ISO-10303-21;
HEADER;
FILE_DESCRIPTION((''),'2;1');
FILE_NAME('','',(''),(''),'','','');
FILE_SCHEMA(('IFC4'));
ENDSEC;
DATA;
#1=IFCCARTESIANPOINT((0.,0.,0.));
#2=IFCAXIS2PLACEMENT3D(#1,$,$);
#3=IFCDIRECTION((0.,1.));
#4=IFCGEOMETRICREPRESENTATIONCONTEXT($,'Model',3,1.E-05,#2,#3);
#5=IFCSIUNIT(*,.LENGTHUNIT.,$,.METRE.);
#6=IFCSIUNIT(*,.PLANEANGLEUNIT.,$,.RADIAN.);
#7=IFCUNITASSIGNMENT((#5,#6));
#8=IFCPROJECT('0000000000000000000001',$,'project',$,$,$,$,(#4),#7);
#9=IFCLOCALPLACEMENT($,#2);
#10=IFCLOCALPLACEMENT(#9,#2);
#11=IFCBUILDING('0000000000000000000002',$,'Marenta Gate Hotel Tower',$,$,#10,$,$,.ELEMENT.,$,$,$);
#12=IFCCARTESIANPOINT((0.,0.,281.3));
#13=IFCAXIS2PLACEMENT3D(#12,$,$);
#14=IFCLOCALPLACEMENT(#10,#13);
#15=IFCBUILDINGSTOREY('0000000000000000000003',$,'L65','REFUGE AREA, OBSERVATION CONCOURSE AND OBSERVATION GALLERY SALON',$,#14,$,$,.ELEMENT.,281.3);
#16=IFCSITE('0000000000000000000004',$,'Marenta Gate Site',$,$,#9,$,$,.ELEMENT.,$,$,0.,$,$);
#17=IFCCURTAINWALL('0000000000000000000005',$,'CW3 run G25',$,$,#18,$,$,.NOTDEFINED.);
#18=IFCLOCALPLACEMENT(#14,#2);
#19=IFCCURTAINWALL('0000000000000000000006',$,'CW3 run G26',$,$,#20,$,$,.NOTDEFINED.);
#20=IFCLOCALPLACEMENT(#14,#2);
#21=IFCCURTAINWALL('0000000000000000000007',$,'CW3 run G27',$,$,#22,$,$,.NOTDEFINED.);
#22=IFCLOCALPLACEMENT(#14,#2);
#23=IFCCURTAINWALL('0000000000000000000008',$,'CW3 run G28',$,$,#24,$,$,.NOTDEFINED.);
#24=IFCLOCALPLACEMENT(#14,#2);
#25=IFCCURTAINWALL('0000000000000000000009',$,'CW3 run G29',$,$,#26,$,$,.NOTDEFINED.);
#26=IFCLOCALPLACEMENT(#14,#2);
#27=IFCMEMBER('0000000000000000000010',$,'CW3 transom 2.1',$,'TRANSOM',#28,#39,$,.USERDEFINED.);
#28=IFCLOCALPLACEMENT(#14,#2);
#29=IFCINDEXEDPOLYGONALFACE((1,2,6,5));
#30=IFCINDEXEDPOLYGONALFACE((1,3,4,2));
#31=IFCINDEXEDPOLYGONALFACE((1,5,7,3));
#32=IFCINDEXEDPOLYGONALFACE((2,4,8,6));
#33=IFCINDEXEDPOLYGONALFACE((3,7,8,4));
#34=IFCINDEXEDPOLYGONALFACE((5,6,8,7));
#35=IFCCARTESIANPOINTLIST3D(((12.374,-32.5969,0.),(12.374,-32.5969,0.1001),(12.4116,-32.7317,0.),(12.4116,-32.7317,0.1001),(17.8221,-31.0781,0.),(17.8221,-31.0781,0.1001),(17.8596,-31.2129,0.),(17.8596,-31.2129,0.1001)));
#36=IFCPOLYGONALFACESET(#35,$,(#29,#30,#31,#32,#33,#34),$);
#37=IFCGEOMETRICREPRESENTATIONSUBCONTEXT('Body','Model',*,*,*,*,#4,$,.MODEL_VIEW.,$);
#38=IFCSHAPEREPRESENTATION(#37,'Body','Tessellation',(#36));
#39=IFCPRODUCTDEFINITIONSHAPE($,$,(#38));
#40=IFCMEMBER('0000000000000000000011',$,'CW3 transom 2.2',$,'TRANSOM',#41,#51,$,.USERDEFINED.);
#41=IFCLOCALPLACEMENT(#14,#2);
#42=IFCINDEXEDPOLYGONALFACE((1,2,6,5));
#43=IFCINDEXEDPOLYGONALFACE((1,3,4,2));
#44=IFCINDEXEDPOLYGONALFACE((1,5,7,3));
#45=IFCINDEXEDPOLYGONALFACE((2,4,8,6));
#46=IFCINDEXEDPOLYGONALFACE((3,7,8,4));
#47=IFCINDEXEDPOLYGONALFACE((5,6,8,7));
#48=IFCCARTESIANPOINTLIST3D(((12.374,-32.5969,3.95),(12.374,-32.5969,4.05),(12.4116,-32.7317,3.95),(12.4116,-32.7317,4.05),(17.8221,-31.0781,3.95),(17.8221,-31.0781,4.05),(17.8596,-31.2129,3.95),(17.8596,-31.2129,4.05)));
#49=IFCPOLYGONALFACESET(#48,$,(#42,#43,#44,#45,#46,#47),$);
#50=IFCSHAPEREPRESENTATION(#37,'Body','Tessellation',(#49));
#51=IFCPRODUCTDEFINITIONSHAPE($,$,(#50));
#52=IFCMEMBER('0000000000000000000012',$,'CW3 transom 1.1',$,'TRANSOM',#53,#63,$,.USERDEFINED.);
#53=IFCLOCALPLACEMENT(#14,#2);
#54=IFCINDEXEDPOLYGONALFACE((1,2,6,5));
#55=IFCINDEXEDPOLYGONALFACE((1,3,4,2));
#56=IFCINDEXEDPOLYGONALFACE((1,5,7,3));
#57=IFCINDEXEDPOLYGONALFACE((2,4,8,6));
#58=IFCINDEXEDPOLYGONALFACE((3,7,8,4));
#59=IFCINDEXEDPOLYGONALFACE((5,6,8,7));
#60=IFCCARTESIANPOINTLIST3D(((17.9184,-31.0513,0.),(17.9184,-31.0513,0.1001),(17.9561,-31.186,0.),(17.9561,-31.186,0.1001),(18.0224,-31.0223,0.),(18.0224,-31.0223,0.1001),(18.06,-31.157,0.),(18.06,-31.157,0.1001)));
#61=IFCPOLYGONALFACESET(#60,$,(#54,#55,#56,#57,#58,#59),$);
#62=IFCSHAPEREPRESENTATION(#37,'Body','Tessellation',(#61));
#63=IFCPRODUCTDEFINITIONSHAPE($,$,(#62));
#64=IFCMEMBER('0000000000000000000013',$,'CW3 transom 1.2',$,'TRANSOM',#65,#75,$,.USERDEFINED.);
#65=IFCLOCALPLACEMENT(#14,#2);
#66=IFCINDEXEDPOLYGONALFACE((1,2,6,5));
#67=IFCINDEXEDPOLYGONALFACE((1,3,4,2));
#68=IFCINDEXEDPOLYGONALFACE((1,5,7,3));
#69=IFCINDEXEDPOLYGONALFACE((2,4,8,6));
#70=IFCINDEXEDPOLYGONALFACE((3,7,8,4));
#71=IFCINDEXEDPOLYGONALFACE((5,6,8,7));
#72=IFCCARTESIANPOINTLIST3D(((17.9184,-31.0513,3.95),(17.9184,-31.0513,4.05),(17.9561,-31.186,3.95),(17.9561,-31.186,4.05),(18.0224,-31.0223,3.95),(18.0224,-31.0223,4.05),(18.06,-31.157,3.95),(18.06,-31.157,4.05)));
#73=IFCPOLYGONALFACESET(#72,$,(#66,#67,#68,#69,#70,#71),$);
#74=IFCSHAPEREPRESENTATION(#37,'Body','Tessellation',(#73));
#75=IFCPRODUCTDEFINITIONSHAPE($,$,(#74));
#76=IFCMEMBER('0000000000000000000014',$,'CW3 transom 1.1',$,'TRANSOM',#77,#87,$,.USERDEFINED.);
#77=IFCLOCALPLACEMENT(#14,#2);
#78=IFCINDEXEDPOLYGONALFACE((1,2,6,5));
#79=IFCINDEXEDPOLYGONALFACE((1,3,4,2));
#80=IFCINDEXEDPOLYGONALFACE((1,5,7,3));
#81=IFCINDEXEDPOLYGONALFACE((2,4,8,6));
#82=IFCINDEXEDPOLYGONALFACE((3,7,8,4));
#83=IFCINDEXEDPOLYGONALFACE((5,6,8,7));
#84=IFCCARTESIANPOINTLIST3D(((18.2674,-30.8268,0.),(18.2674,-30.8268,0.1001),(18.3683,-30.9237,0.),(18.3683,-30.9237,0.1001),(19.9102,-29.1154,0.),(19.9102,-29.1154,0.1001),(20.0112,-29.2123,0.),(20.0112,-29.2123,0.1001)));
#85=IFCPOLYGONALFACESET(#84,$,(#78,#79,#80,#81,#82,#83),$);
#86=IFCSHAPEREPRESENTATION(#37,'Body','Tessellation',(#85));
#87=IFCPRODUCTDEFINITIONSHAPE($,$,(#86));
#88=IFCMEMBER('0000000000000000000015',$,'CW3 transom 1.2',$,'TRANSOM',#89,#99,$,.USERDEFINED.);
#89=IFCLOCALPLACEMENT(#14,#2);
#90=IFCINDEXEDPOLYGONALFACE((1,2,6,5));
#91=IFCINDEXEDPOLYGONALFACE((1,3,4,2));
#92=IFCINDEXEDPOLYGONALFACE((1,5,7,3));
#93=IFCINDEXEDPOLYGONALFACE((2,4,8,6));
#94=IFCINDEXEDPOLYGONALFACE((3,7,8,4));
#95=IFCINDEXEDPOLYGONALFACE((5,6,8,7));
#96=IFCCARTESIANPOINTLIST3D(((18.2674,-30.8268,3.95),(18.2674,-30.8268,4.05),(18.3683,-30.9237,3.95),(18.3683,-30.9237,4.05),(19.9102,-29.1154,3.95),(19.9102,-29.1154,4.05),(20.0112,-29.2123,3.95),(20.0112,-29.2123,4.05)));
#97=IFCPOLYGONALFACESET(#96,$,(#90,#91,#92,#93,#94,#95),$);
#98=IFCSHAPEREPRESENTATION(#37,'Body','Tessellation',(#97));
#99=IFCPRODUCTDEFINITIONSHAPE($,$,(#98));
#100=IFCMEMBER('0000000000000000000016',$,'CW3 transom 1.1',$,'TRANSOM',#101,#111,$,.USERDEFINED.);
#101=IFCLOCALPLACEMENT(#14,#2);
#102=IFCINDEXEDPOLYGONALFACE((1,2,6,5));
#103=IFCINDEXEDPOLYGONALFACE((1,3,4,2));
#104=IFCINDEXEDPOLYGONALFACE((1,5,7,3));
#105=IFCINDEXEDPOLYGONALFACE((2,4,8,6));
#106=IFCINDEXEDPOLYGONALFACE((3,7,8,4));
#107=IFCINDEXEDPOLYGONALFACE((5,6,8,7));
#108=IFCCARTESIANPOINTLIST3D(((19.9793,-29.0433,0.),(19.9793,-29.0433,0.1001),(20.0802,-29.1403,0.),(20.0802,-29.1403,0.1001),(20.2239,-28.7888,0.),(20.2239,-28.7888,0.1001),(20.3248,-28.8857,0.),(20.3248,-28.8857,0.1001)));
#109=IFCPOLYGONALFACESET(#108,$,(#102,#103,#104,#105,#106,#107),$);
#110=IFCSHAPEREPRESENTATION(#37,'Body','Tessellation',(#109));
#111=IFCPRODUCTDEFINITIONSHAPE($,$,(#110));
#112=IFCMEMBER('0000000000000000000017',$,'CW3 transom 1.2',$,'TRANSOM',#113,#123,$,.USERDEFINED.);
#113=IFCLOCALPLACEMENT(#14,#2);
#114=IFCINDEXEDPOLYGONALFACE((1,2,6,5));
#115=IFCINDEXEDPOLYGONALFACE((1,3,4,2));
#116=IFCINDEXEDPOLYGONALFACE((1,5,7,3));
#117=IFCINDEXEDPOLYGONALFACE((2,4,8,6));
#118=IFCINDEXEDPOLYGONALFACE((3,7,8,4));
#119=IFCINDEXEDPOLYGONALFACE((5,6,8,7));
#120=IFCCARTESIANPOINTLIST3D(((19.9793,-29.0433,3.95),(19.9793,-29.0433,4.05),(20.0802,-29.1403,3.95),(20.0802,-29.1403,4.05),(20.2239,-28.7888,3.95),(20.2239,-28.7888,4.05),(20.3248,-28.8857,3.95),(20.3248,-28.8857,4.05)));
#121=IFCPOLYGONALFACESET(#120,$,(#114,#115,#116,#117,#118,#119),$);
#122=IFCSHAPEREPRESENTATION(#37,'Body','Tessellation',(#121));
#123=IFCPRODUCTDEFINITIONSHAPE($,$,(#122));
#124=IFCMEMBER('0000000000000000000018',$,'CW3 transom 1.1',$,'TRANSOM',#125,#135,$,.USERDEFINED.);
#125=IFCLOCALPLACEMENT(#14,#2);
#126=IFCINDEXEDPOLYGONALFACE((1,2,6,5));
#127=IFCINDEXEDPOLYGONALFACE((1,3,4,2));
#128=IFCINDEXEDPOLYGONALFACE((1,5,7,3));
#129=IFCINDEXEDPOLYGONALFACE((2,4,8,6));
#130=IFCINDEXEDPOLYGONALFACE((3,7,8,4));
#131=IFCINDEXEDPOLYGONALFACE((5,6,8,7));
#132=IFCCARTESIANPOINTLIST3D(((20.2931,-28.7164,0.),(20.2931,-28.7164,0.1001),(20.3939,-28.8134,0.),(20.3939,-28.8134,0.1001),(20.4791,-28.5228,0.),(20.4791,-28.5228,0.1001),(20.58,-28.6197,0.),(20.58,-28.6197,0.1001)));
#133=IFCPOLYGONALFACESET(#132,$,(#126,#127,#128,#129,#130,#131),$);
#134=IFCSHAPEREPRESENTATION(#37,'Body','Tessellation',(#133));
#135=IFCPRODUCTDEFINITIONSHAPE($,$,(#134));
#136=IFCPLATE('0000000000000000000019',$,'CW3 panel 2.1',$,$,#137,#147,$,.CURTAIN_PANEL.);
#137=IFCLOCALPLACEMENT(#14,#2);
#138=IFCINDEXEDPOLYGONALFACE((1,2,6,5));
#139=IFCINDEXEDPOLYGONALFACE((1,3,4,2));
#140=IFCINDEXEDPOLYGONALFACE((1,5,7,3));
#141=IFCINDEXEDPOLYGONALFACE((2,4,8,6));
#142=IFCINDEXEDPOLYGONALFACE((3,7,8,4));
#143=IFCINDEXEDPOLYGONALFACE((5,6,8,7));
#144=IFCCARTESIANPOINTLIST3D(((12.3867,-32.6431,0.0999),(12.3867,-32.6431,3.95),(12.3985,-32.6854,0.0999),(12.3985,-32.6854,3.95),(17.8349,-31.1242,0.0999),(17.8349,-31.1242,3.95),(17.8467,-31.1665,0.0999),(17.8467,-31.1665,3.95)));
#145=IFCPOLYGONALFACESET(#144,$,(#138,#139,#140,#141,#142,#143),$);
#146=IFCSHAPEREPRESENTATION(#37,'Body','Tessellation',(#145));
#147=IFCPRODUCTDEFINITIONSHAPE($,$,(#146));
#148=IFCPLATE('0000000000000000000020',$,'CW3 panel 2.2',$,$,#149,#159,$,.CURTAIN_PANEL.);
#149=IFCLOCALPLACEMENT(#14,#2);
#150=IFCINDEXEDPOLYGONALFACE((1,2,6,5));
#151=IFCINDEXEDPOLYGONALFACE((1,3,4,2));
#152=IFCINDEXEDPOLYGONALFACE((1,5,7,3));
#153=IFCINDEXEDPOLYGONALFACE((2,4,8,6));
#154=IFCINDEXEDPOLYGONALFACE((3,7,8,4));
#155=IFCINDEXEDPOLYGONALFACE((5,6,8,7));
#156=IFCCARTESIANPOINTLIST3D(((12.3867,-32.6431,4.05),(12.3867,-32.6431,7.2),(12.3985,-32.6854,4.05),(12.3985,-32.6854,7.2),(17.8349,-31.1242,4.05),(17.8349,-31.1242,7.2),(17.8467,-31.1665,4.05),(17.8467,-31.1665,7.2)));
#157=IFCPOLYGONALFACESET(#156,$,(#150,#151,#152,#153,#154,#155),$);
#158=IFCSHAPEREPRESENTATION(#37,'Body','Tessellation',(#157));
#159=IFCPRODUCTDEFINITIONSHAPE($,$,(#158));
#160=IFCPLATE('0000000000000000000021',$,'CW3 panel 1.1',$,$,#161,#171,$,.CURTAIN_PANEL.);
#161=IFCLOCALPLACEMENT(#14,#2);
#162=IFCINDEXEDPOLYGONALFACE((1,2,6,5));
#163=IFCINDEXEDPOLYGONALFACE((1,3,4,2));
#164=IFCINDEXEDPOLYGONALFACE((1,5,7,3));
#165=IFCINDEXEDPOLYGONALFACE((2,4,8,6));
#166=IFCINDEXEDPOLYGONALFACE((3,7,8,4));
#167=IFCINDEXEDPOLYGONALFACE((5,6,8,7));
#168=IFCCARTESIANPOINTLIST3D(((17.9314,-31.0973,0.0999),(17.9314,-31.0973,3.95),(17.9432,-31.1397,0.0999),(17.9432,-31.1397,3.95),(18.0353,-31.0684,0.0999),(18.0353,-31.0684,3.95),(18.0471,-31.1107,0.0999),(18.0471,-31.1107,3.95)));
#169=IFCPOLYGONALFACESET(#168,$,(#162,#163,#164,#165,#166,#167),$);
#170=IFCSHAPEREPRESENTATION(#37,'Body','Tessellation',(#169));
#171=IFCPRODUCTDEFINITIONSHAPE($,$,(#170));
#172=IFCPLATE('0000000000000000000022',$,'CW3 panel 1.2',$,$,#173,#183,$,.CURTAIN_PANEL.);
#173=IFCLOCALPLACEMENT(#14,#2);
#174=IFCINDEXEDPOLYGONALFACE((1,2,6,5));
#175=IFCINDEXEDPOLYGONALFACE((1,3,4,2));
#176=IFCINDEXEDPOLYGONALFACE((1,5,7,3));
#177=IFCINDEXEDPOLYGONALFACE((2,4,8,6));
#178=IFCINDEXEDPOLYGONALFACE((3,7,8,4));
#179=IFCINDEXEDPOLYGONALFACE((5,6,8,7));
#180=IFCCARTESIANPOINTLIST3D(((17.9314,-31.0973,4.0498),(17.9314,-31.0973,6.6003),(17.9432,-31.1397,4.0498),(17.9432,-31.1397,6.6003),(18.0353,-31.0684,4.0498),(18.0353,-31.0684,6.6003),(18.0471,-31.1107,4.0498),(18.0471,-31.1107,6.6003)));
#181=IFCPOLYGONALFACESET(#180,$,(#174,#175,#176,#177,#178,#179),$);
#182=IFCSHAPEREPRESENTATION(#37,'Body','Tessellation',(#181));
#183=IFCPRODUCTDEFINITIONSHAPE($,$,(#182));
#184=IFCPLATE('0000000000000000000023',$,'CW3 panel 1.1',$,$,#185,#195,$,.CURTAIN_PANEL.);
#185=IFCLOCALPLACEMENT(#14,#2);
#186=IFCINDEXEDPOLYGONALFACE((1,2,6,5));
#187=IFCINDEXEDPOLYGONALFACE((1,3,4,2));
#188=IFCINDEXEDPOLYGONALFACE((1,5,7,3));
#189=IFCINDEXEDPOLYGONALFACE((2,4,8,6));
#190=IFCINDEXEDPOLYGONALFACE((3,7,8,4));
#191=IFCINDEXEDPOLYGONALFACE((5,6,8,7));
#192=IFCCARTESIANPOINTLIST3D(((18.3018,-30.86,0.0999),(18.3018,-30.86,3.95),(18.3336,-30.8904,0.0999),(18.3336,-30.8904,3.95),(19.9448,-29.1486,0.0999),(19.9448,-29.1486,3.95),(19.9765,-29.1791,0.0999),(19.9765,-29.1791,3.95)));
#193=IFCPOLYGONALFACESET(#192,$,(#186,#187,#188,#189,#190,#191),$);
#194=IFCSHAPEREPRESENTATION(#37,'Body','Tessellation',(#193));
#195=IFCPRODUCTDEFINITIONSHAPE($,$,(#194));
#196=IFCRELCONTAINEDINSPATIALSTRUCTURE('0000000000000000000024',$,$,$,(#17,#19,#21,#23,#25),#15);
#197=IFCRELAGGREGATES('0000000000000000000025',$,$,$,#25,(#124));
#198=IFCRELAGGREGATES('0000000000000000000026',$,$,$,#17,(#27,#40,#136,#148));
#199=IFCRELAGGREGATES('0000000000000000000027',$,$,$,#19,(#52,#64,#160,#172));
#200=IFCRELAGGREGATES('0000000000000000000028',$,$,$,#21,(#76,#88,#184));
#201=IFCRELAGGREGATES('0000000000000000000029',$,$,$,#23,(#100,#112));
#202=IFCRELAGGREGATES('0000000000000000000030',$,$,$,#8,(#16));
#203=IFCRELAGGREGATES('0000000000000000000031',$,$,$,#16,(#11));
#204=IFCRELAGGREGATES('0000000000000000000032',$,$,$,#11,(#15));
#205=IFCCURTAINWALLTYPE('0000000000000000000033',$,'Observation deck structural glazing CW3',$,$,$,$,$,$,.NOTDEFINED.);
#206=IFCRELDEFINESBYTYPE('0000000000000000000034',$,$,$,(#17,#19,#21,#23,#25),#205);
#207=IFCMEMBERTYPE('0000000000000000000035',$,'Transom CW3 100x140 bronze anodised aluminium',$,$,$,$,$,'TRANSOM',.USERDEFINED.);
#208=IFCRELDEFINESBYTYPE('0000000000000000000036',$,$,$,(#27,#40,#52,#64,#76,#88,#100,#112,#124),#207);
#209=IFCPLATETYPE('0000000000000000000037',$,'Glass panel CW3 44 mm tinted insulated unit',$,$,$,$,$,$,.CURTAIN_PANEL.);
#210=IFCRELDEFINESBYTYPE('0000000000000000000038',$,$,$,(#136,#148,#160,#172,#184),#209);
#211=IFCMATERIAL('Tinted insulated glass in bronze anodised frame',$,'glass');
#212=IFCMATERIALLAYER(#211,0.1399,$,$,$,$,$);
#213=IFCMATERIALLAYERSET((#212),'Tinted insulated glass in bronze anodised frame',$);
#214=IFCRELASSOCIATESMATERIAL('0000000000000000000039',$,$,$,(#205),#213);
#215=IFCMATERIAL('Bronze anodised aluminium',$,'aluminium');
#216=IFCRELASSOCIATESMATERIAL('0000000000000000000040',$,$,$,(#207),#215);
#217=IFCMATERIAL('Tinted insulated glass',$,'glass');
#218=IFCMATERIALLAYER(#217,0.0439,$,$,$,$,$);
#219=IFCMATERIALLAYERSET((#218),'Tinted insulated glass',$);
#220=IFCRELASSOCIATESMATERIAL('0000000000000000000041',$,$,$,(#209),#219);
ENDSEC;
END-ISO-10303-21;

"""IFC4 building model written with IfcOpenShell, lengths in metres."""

from ifc_helpers import new_model, si_unit, direction, frame, origin, origin_2d, place, context, subcontext, project, spatial, rectangle, extrude, material, layer, layer_set, material_profile, profile_set, type_object, element, aggregate, save


model = new_model("IFC4")

# Units and contexts
model_context = context("Model", 3, precision=1e-05, world=origin(), true_north=direction((0.0, 1.0)))
body_context = subcontext(model_context, "Body", "Model", "MODEL_VIEW")
ifc_project = project(units=[si_unit("LENGTHUNIT", "METRE"), si_unit("PLANEANGLEUNIT", "RADIAN")], contexts=[model_context])

# Site, building, storey
site_placement = place(None, origin())
site = spatial("IfcSite", under=ifc_project, at=site_placement, Name="Marenta Gate Site", CompositionType="ELEMENT", RefElevation=0.0)
building_placement = place(site_placement, origin())
building = spatial("IfcBuilding", under=site, at=building_placement, Name="Marenta Gate Hotel Tower", CompositionType="ELEMENT")
storey_placement = place(building_placement, frame((0.0, 0.0, 281.3)))
storey = spatial("IfcBuildingStorey", under=building, at=storey_placement, Name="L65", Description="REFUGE AREA, OBSERVATION CONCOURSE AND OBSERVATION GALLERY SALON", CompositionType="ELEMENT", Elevation=281.3)

# Curtain wall
ifc_material_1 = material(Name="Tinted insulated glass in bronze anodised frame", Category="glass")
ifc_layer_1 = layer(ifc_material_1, 0.1399)
ifc_layer_set_1 = layer_set([ifc_layer_1], Name="Tinted insulated glass in bronze anodised frame")
curtain_wall_type = type_object("IfcCurtainWallType", Name="Observation deck structural glazing CW3", PredefinedType="NOTDEFINED", material=ifc_layer_set_1)
curtain_wall_1_placement = place(storey_placement, origin())
curtain_wall_1 = element("IfcCurtainWall", 1, at=curtain_wall_1_placement, inside=storey, type_object=curtain_wall_type, Name="CW3 run G25", PredefinedType="NOTDEFINED")

# Curtain wall
curtain_wall_2_placement = place(storey_placement, origin())
curtain_wall_2 = element("IfcCurtainWall", 2, at=curtain_wall_2_placement, inside=storey, type_object=curtain_wall_type, Name="CW3 run G26", PredefinedType="NOTDEFINED")

# Curtain walls
curtain_wall_3_placement = place(storey_placement, origin())
curtain_wall_3 = element("IfcCurtainWall", 3, at=curtain_wall_3_placement, inside=storey, type_object=curtain_wall_type, Name="CW3 run G27", PredefinedType="NOTDEFINED")
curtain_wall_4_placement = place(storey_placement, origin())
curtain_wall_4 = element("IfcCurtainWall", 4, at=curtain_wall_4_placement, inside=storey, type_object=curtain_wall_type, Name="CW3 run G28", PredefinedType="NOTDEFINED")
curtain_wall_5_placement = place(storey_placement, origin())
curtain_wall_5 = element("IfcCurtainWall", 5, at=curtain_wall_5_placement, inside=storey, type_object=curtain_wall_type, Name="CW3 run G29", PredefinedType="NOTDEFINED")

# Members
ifc_material_2 = material(Name="Bronze anodised aluminium", Category="aluminium")
ifc_material_profile_1 = material_profile(ifc_material_2, rectangle(XDim=0.1399, YDim=0.1001, at=origin_2d()), Name="Transom CW3 100x140 bronze anodised aluminium")
ifc_profile_set_1 = profile_set([ifc_material_profile_1], Name="Bronze anodised aluminium")
member_type_1 = type_object("IfcMemberType", Name="Transom CW3 100x140 bronze anodised aluminium", ElementType="TRANSOM", PredefinedType="USERDEFINED", material=ifc_profile_set_1)
member_1_placement = place(storey_placement, frame((12.3928, -32.6643, 0.05), z_axis=(0.963268, 0.268541, 0.0), x_axis=(-0.268541, 0.963268, 0.0)))
member_1 = element("IfcMember", 6, at=member_1_placement, type_object=member_type_1, Name="CW3 transom 2.1", ObjectType="TRANSOM", PredefinedType="USERDEFINED", context=body_context, shape_type="SweptSolid", body=[
    extrude(rectangle(XDim=0.1399, YDim=0.1001, at=origin_2d()), origin(), (0.0, 0.0, 1.0), 5.6558),
])
member_2_placement = place(storey_placement, frame((12.3928, -32.6643, 4.0), z_axis=(0.963268, 0.268541, 0.0), x_axis=(-0.268541, 0.963268, 0.0)))
member_2 = element("IfcMember", 7, at=member_2_placement, type_object=member_type_1, Name="CW3 transom 2.2", ObjectType="TRANSOM", PredefinedType="USERDEFINED", context=body_context, shape_type="SweptSolid", body=[
    extrude(rectangle(XDim=0.1399, YDim=0.1001, at=origin_2d()), origin(), (0.0, 0.0, 1.0), 5.6558),
])
member_3_placement = place(storey_placement, frame((17.9373, -31.1187, 0.05), z_axis=(0.963128, 0.269043, 0.0), x_axis=(-0.269043, 0.963128, 0.0)))
member_3 = element("IfcMember", 8, at=member_3_placement, type_object=member_type_1, Name="CW3 transom 1.1", ObjectType="TRANSOM", PredefinedType="USERDEFINED", context=body_context, shape_type="SweptSolid", body=[
    extrude(rectangle(XDim=0.1399, YDim=0.1001, at=origin_2d()), origin(), (0.0, 0.0, 1.0), 0.1079),
])
member_4_placement = place(storey_placement, frame((17.9373, -31.1187, 4.0), z_axis=(0.963128, 0.269043, 0.0), x_axis=(-0.269043, 0.963128, 0.0)))
member_4 = element("IfcMember", 9, at=member_4_placement, type_object=member_type_1, Name="CW3 transom 1.2", ObjectType="TRANSOM", PredefinedType="USERDEFINED", context=body_context, shape_type="SweptSolid", body=[
    extrude(rectangle(XDim=0.1399, YDim=0.1001, at=origin_2d()), origin(), (0.0, 0.0, 1.0), 0.1079),
])
member_5_placement = place(storey_placement, frame((18.3179, -30.8752, 0.05), z_axis=(0.6925, 0.721418, 0.0), x_axis=(-0.721418, 0.6925, 0.0)))
member_5 = element("IfcMember", 10, at=member_5_placement, type_object=member_type_1, Name="CW3 transom 1.1", ObjectType="TRANSOM", PredefinedType="USERDEFINED", context=body_context, shape_type="SweptSolid", body=[
    extrude(rectangle(XDim=0.1399, YDim=0.1001, at=origin_2d()), origin(), (0.0, 0.0, 1.0), 2.3723),
])
member_6_placement = place(storey_placement, frame((18.3179, -30.8752, 4.0), z_axis=(0.6925, 0.721418, 0.0), x_axis=(-0.721418, 0.6925, 0.0)))
member_6 = element("IfcMember", 11, at=member_6_placement, type_object=member_type_1, Name="CW3 transom 1.2", ObjectType="TRANSOM", PredefinedType="USERDEFINED", context=body_context, shape_type="SweptSolid", body=[
    extrude(rectangle(XDim=0.1399, YDim=0.1001, at=origin_2d()), origin(), (0.0, 0.0, 1.0), 2.3723),
])
member_7_placement = place(storey_placement, frame((20.0298, -29.0918, 0.05), z_axis=(0.692791, 0.721139, 0.0), x_axis=(-0.721139, 0.692791, 0.0)))
member_7 = element("IfcMember", 12, at=member_7_placement, type_object=member_type_1, Name="CW3 transom 1.1", ObjectType="TRANSOM", PredefinedType="USERDEFINED", context=body_context, shape_type="SweptSolid", body=[
    extrude(rectangle(XDim=0.1399, YDim=0.1001, at=origin_2d()), origin(), (0.0, 0.0, 1.0), 0.353),
])
member_8_placement = place(storey_placement, frame((20.0298, -29.0918, 4.0), z_axis=(0.692791, 0.721139, 0.0), x_axis=(-0.721139, 0.692791, 0.0)))
member_8 = element("IfcMember", 13, at=member_8_placement, type_object=member_type_1, Name="CW3 transom 1.2", ObjectType="TRANSOM", PredefinedType="USERDEFINED", context=body_context, shape_type="SweptSolid", body=[
    extrude(rectangle(XDim=0.1399, YDim=0.1001, at=origin_2d()), origin(), (0.0, 0.0, 1.0), 0.353),
])
member_9_placement = place(storey_placement, frame((20.3435, -28.7649, 0.05), z_axis=(0.692872, 0.72106, 0.0), x_axis=(-0.72106, 0.692872, 0.0)))
member_9 = element("IfcMember", 14, at=member_9_placement, type_object=member_type_1, Name="CW3 transom 1.1", ObjectType="TRANSOM", PredefinedType="USERDEFINED", context=body_context, shape_type="SweptSolid", body=[
    extrude(rectangle(XDim=0.1399, YDim=0.1001, at=origin_2d()), origin(), (0.0, 0.0, 1.0), 0.2686),
])
aggregate(curtain_wall_5, [member_9])

# Plates
ifc_material_3 = material(Name="Tinted insulated glass", Category="glass")
ifc_layer_2 = layer(ifc_material_3, 0.0439)
ifc_layer_set_2 = layer_set([ifc_layer_2], Name="Tinted insulated glass")
plate_type = type_object("IfcPlateType", Name="Glass panel CW3 44 mm tinted insulated unit", PredefinedType="CURTAIN_PANEL", material=ifc_layer_set_2)
plate_1_placement = place(storey_placement, frame((15.1167, -31.9048, 0.0999), z_axis=(0.0, 0.0, 1.0), x_axis=(0.963265, 0.268553, 0.0)))
plate_1 = element("IfcPlate", 15, at=plate_1_placement, type_object=plate_type, Name="CW3 panel 2.1", PredefinedType="CURTAIN_PANEL", context=body_context, shape_type="SweptSolid", body=[
    extrude(rectangle(XDim=5.656, YDim=0.0439, at=origin_2d()), origin(), (0.0, 0.0, 1.0), 3.8501),
])
plate_2_placement = place(storey_placement, frame((15.1167, -31.9048, 4.05), z_axis=(0.0, 0.0, 1.0), x_axis=(0.963265, 0.268553, 0.0)))
plate_2 = element("IfcPlate", 16, at=plate_2_placement, type_object=plate_type, Name="CW3 panel 2.2", PredefinedType="CURTAIN_PANEL", context=body_context, shape_type="SweptSolid", body=[
    extrude(rectangle(XDim=5.656, YDim=0.0439, at=origin_2d()), origin(), (0.0, 0.0, 1.0), 3.1499),
])
aggregate(curtain_wall_1, [member_1, member_2, plate_1, plate_2])
plate_3_placement = place(storey_placement, frame((17.9893, -31.104, 0.0999), z_axis=(0.0, 0.0, 1.0), x_axis=(0.96328, 0.268498, 0.0)))
plate_3 = element("IfcPlate", 17, at=plate_3_placement, type_object=plate_type, Name="CW3 panel 1.1", PredefinedType="CURTAIN_PANEL", context=body_context, shape_type="SweptSolid", body=[
    extrude(rectangle(XDim=0.1079, YDim=0.0439, at=origin_2d()), origin(), (0.0, 0.0, 1.0), 3.8501),
])
plate_4_placement = place(storey_placement, frame((17.9893, -31.104, 4.0498), z_axis=(0.0, 0.0, 1.0), x_axis=(0.96328, 0.268498, 0.0)))
plate_4 = element("IfcPlate", 18, at=plate_4_placement, type_object=plate_type, Name="CW3 panel 1.2", PredefinedType="CURTAIN_PANEL", context=body_context, shape_type="SweptSolid", body=[
    extrude(rectangle(XDim=0.1079, YDim=0.0439, at=origin_2d()), origin(), (0.0, 0.0, 1.0), 2.5505),
])
aggregate(curtain_wall_2, [member_3, member_4, plate_3, plate_4])
plate_5_placement = place(storey_placement, frame((19.1392, -30.0195, 0.0999), z_axis=(0.0, 0.0, 1.0), x_axis=(0.692539, 0.72138, 0.0)))
plate_5 = element("IfcPlate", 19, at=plate_5_placement, type_object=plate_type, Name="CW3 panel 1.1", PredefinedType="CURTAIN_PANEL", context=body_context, shape_type="SweptSolid", body=[
    extrude(rectangle(XDim=2.3723, YDim=0.0439, at=origin_2d()), origin(), (0.0, 0.0, 1.0), 3.8501),
])
aggregate(curtain_wall_3, [member_5, member_6, plate_5])
aggregate(curtain_wall_4, [member_7, member_8])

save(model, "model.ifc")
